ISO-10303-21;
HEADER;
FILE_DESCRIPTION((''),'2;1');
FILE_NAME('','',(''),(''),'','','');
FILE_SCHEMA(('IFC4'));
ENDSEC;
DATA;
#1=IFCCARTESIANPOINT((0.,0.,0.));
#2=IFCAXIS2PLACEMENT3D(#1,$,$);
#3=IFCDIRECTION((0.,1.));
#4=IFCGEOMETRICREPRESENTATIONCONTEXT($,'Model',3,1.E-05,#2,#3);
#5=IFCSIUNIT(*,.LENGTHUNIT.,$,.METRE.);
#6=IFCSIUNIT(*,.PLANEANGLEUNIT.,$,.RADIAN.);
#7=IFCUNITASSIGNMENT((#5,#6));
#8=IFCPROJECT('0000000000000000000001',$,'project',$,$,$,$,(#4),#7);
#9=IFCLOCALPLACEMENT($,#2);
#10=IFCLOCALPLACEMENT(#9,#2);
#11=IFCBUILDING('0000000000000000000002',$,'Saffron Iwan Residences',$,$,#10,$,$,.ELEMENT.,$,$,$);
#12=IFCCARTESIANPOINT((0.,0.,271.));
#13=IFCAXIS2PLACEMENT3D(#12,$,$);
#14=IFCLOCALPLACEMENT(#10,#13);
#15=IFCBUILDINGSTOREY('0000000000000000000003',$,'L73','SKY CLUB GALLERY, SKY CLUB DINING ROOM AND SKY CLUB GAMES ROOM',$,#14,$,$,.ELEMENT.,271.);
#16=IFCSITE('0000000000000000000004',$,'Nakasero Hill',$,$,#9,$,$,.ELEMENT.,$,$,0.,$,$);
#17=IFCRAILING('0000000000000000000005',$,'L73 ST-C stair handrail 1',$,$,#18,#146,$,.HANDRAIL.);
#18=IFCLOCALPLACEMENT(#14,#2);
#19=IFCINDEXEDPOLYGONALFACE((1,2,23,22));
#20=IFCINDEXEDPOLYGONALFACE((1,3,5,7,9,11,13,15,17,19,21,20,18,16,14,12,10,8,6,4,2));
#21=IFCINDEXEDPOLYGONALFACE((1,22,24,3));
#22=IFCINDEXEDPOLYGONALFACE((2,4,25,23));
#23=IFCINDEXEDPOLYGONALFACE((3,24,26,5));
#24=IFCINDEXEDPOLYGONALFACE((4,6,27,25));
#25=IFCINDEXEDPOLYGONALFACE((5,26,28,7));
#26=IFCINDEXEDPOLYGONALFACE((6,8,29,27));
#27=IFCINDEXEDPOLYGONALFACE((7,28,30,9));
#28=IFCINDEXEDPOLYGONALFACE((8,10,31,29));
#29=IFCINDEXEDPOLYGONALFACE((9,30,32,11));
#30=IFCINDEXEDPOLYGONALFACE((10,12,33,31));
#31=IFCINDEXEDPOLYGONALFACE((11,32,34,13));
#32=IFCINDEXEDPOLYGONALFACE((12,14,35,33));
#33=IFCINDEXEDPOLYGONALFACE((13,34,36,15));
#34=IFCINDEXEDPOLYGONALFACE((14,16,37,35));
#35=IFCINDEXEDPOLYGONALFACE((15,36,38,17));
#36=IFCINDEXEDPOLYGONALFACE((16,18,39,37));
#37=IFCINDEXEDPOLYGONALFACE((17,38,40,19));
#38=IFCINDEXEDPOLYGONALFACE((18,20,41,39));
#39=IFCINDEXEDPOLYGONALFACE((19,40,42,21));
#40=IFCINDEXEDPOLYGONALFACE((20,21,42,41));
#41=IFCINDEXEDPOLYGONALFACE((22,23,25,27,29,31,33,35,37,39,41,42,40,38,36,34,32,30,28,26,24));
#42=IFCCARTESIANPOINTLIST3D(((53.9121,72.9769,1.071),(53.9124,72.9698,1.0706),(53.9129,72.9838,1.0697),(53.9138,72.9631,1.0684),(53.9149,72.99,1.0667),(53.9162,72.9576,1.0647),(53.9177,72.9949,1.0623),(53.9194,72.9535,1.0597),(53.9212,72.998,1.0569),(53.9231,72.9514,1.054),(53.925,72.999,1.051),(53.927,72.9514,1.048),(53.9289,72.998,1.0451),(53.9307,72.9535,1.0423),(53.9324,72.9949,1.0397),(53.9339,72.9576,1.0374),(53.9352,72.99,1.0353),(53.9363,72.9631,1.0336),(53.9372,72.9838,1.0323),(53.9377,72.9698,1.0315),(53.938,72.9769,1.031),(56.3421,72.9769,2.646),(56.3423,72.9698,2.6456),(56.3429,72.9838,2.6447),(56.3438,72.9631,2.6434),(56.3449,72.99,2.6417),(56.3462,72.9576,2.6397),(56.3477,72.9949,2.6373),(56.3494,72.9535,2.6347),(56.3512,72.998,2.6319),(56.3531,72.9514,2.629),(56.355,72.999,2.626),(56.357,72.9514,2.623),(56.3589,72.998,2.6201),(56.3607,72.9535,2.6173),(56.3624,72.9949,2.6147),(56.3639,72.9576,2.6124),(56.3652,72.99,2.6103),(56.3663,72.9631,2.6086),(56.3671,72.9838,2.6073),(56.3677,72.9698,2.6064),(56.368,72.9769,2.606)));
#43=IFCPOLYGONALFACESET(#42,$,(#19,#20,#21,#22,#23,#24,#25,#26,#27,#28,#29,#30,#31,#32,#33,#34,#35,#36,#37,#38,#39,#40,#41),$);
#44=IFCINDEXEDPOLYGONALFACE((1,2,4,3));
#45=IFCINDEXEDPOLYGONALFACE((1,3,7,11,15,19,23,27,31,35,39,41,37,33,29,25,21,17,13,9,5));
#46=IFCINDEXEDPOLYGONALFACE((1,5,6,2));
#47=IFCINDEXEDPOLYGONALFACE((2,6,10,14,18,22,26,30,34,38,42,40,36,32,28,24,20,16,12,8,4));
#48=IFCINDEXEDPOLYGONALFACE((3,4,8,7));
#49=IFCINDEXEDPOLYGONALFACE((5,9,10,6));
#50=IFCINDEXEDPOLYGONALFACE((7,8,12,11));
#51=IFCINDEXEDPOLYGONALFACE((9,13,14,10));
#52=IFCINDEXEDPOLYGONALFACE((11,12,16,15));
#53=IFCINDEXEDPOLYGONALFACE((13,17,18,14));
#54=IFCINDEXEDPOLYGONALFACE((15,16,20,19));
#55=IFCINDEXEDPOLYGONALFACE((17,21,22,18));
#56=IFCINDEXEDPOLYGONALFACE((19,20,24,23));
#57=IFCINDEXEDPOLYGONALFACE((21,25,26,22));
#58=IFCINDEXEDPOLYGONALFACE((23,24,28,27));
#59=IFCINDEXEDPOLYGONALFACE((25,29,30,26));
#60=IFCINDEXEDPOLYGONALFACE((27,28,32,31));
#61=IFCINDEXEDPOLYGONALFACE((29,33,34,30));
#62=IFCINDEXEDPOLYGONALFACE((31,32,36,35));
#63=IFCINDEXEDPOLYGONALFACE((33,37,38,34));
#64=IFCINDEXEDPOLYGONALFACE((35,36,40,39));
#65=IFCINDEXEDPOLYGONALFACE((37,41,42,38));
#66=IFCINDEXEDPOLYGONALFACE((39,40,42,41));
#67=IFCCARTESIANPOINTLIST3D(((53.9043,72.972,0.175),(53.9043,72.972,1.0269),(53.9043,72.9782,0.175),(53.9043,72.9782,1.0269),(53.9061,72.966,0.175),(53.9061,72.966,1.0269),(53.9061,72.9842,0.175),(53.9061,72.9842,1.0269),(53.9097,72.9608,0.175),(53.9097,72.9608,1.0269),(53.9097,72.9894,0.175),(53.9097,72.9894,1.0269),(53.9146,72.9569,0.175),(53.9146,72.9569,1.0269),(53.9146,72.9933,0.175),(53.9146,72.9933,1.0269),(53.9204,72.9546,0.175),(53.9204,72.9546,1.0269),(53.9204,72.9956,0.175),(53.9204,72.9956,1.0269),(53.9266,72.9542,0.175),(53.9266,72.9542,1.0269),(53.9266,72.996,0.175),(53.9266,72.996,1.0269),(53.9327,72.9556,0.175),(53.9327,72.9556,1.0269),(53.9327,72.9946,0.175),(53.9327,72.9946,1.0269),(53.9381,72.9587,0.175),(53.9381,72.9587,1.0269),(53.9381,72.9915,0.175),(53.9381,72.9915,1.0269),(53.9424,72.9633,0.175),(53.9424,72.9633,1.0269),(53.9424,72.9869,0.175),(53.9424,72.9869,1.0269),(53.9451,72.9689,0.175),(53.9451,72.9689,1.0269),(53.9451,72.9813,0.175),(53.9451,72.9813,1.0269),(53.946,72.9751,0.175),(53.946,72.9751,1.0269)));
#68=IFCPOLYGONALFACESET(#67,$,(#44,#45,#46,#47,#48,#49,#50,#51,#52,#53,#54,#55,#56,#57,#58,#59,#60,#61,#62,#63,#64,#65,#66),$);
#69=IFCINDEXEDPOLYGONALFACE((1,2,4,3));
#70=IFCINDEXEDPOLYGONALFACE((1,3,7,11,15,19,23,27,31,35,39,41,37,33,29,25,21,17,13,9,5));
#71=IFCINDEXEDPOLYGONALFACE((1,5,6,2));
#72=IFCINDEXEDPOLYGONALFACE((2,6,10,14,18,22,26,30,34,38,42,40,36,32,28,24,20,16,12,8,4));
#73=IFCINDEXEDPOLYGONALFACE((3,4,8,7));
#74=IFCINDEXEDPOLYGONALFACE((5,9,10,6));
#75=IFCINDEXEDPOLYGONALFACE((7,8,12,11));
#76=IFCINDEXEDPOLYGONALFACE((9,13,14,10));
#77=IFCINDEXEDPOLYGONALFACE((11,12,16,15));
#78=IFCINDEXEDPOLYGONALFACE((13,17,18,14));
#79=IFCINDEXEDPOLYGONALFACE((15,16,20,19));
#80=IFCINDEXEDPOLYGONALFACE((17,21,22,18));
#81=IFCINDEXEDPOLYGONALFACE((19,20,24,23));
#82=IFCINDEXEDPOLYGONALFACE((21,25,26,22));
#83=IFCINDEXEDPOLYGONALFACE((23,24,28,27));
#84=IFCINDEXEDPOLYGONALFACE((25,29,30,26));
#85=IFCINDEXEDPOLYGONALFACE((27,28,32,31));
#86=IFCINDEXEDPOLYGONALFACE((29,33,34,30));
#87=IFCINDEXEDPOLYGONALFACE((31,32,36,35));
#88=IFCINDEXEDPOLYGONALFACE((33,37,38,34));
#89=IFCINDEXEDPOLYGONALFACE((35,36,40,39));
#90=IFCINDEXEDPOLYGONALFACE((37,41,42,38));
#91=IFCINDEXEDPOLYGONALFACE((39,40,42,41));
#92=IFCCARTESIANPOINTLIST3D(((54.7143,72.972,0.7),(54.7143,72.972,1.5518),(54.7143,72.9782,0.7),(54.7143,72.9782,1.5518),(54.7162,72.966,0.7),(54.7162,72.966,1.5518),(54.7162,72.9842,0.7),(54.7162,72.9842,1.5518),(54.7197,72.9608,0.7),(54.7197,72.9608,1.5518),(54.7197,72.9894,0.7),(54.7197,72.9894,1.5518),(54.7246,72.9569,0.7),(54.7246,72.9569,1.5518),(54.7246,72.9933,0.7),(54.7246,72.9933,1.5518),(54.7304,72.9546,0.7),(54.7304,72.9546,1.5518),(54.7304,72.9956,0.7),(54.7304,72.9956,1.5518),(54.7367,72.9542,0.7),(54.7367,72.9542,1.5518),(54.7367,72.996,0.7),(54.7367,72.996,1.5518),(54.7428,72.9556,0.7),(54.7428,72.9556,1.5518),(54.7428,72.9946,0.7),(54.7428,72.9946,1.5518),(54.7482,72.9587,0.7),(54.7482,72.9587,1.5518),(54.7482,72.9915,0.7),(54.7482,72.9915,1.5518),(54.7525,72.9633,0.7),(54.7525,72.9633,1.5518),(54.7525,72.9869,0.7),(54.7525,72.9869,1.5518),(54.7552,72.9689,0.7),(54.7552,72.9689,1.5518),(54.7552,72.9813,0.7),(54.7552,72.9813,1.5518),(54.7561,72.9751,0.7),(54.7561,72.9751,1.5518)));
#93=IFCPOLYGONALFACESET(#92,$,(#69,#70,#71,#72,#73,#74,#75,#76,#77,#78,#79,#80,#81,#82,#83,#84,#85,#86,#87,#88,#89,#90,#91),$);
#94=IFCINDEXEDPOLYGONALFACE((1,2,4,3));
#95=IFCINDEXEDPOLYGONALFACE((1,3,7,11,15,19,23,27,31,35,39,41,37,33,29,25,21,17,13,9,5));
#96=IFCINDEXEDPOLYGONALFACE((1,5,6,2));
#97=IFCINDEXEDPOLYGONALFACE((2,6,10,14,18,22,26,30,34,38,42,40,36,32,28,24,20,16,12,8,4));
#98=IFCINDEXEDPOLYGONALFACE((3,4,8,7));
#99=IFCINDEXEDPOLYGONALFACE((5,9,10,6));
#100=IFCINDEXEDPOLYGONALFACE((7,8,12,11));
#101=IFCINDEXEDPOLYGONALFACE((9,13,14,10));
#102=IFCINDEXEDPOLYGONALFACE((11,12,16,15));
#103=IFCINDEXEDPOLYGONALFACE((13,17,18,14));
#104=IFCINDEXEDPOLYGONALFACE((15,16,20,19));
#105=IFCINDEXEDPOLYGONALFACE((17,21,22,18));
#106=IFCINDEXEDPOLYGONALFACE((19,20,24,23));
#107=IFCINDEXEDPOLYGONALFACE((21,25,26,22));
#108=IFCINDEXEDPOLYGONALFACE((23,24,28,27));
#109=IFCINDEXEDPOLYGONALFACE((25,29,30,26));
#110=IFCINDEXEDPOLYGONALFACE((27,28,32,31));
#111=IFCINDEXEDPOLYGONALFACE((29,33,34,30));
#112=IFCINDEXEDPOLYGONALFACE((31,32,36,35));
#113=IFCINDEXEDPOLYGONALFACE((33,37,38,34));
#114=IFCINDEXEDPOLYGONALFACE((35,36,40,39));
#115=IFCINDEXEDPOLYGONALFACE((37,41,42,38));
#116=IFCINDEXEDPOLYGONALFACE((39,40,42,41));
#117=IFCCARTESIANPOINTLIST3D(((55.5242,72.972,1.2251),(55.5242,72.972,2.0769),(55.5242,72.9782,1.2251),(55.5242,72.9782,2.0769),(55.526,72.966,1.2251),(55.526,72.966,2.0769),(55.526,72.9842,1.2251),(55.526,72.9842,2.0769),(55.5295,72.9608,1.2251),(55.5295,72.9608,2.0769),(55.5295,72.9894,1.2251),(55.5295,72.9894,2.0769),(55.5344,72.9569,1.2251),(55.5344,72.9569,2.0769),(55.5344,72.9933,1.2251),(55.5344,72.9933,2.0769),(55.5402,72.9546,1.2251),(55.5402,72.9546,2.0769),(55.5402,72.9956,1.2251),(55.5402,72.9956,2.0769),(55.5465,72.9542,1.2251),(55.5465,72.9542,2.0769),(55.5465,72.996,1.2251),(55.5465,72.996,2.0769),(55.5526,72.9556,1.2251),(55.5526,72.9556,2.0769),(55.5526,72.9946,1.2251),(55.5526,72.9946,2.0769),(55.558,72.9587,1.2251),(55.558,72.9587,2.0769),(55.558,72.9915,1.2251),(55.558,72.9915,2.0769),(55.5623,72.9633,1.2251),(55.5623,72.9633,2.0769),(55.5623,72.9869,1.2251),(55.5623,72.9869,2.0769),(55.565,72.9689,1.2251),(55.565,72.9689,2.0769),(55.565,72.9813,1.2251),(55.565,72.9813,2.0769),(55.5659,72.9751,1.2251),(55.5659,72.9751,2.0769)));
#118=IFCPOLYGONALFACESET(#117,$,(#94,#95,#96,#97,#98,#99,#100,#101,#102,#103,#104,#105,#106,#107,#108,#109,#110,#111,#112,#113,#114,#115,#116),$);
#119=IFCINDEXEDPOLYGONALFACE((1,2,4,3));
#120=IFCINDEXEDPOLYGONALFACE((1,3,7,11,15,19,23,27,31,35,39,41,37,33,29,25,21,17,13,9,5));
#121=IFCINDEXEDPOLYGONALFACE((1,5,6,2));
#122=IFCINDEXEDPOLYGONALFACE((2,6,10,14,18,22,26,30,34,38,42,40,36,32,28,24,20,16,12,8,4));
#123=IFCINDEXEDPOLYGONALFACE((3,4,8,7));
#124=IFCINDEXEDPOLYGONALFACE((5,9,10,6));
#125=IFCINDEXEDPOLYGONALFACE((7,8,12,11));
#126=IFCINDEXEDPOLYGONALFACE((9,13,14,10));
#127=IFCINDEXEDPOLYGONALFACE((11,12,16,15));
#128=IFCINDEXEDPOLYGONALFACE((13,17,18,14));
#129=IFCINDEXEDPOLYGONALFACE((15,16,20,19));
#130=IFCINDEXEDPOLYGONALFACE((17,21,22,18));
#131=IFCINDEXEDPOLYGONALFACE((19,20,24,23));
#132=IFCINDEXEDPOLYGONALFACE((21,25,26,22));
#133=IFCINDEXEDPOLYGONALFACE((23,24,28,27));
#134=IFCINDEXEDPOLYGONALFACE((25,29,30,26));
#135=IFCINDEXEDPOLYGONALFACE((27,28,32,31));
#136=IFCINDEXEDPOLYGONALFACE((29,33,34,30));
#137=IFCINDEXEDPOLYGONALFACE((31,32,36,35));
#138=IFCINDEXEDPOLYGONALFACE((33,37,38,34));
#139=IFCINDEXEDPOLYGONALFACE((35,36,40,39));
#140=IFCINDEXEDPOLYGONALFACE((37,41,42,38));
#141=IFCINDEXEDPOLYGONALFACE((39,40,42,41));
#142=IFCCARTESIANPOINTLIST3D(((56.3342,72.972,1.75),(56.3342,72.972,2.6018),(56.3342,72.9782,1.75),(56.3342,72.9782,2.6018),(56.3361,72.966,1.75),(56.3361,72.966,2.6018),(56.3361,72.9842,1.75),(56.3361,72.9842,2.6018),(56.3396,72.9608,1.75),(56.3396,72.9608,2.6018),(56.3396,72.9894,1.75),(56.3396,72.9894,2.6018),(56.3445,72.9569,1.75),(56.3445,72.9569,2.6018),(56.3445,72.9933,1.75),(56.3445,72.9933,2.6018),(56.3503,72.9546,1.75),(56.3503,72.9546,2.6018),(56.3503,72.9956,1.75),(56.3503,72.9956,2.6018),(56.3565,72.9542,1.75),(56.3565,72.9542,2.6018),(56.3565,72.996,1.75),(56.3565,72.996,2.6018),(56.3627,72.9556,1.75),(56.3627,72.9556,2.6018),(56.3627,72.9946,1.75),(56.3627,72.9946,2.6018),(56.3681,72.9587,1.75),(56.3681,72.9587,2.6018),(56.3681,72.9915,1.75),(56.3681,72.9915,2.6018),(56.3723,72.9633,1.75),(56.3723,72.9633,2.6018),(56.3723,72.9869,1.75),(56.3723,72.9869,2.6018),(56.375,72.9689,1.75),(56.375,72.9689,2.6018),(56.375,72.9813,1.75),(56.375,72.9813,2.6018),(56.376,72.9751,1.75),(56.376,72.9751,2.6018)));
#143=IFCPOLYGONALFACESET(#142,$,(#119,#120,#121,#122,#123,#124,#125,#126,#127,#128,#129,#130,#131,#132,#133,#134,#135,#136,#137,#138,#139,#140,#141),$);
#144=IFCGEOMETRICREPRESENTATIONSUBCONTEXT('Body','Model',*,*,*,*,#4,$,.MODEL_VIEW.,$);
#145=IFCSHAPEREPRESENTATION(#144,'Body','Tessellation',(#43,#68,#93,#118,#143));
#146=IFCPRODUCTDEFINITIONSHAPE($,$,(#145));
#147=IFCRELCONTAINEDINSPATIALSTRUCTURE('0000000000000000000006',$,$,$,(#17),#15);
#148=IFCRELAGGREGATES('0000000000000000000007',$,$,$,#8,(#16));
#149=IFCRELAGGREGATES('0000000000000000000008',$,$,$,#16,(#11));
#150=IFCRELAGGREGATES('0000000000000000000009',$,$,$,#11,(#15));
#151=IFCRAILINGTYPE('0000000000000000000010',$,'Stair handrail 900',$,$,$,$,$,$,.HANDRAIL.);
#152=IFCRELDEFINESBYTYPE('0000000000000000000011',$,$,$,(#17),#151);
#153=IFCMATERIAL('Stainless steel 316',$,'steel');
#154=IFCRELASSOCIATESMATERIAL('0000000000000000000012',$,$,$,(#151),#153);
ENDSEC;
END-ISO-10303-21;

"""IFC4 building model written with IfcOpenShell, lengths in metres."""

from ifc_helpers import new_model, si_unit, direction, frame, origin, origin_2d, place, context, subcontext, project, spatial, circle, extrude, material, type_object, element, save


model = new_model("IFC4")

# Units and contexts
model_context = context("Model", 3, precision=1e-05, world=origin(), true_north=direction((0.0, 1.0)))
body_context = subcontext(model_context, "Body", "Model", "MODEL_VIEW")
ifc_project = project(units=[si_unit("LENGTHUNIT", "METRE"), si_unit("PLANEANGLEUNIT", "RADIAN")], contexts=[model_context])

# Site, building, storey
site_placement = place(None, origin())
site = spatial("IfcSite", under=ifc_project, at=site_placement, Name="Nakasero Hill", CompositionType="ELEMENT", RefElevation=0.0)
building_placement = place(site_placement, origin())
building = spatial("IfcBuilding", under=site, at=building_placement, Name="Saffron Iwan Residences", CompositionType="ELEMENT")
storey_placement = place(building_placement, frame((0.0, 0.0, 271.0)))
storey = spatial("IfcBuildingStorey", under=building, at=storey_placement, Name="L73", Description="SKY CLUB GALLERY, SKY CLUB DINING ROOM AND SKY CLUB GAMES ROOM", CompositionType="ELEMENT", Elevation=271.0)

# Railing
ifc_material_1 = material(Name="Stainless steel 316", Category="steel")
railing_type_1 = type_object("IfcRailingType", Name="Stair handrail 900", PredefinedType="HANDRAIL", material=ifc_material_1)
railing_1_placement = place(storey_placement, frame((53.925, 72.9751, 0.175)))
element("IfcRailing", 1, at=railing_1_placement, inside=storey, type_object=railing_type_1, Name="L73 ST-C stair handrail 1", PredefinedType="HANDRAIL", context=body_context, shape_type="SweptSolid", body=[
    extrude(circle(Radius=0.0239, at=origin_2d()), frame((0.0, 0.0, 0.876), z_axis=(0.839154, 0.0, 0.543894), x_axis=(0.0, 1.0, 0.0)), (0.0, 0.0, 1.0), 2.8958),
    extrude(circle(Radius=0.021, at=origin_2d()), origin(), (0.0, 0.0, 1.0), 0.8518),
    extrude(circle(Radius=0.021, at=origin_2d()), frame((0.8101, 0.0, 0.5249)), (0.0, 0.0, 1.0), 0.8518),
    extrude(circle(Radius=0.021, at=origin_2d()), frame((1.6199, 0.0, 1.05)), (0.0, 0.0, 1.0), 0.8518),
    extrude(circle(Radius=0.021, at=origin_2d()), frame((2.4299, 0.0, 1.575)), (0.0, 0.0, 1.0), 0.8518),
])

save(model, "model.ifc")
